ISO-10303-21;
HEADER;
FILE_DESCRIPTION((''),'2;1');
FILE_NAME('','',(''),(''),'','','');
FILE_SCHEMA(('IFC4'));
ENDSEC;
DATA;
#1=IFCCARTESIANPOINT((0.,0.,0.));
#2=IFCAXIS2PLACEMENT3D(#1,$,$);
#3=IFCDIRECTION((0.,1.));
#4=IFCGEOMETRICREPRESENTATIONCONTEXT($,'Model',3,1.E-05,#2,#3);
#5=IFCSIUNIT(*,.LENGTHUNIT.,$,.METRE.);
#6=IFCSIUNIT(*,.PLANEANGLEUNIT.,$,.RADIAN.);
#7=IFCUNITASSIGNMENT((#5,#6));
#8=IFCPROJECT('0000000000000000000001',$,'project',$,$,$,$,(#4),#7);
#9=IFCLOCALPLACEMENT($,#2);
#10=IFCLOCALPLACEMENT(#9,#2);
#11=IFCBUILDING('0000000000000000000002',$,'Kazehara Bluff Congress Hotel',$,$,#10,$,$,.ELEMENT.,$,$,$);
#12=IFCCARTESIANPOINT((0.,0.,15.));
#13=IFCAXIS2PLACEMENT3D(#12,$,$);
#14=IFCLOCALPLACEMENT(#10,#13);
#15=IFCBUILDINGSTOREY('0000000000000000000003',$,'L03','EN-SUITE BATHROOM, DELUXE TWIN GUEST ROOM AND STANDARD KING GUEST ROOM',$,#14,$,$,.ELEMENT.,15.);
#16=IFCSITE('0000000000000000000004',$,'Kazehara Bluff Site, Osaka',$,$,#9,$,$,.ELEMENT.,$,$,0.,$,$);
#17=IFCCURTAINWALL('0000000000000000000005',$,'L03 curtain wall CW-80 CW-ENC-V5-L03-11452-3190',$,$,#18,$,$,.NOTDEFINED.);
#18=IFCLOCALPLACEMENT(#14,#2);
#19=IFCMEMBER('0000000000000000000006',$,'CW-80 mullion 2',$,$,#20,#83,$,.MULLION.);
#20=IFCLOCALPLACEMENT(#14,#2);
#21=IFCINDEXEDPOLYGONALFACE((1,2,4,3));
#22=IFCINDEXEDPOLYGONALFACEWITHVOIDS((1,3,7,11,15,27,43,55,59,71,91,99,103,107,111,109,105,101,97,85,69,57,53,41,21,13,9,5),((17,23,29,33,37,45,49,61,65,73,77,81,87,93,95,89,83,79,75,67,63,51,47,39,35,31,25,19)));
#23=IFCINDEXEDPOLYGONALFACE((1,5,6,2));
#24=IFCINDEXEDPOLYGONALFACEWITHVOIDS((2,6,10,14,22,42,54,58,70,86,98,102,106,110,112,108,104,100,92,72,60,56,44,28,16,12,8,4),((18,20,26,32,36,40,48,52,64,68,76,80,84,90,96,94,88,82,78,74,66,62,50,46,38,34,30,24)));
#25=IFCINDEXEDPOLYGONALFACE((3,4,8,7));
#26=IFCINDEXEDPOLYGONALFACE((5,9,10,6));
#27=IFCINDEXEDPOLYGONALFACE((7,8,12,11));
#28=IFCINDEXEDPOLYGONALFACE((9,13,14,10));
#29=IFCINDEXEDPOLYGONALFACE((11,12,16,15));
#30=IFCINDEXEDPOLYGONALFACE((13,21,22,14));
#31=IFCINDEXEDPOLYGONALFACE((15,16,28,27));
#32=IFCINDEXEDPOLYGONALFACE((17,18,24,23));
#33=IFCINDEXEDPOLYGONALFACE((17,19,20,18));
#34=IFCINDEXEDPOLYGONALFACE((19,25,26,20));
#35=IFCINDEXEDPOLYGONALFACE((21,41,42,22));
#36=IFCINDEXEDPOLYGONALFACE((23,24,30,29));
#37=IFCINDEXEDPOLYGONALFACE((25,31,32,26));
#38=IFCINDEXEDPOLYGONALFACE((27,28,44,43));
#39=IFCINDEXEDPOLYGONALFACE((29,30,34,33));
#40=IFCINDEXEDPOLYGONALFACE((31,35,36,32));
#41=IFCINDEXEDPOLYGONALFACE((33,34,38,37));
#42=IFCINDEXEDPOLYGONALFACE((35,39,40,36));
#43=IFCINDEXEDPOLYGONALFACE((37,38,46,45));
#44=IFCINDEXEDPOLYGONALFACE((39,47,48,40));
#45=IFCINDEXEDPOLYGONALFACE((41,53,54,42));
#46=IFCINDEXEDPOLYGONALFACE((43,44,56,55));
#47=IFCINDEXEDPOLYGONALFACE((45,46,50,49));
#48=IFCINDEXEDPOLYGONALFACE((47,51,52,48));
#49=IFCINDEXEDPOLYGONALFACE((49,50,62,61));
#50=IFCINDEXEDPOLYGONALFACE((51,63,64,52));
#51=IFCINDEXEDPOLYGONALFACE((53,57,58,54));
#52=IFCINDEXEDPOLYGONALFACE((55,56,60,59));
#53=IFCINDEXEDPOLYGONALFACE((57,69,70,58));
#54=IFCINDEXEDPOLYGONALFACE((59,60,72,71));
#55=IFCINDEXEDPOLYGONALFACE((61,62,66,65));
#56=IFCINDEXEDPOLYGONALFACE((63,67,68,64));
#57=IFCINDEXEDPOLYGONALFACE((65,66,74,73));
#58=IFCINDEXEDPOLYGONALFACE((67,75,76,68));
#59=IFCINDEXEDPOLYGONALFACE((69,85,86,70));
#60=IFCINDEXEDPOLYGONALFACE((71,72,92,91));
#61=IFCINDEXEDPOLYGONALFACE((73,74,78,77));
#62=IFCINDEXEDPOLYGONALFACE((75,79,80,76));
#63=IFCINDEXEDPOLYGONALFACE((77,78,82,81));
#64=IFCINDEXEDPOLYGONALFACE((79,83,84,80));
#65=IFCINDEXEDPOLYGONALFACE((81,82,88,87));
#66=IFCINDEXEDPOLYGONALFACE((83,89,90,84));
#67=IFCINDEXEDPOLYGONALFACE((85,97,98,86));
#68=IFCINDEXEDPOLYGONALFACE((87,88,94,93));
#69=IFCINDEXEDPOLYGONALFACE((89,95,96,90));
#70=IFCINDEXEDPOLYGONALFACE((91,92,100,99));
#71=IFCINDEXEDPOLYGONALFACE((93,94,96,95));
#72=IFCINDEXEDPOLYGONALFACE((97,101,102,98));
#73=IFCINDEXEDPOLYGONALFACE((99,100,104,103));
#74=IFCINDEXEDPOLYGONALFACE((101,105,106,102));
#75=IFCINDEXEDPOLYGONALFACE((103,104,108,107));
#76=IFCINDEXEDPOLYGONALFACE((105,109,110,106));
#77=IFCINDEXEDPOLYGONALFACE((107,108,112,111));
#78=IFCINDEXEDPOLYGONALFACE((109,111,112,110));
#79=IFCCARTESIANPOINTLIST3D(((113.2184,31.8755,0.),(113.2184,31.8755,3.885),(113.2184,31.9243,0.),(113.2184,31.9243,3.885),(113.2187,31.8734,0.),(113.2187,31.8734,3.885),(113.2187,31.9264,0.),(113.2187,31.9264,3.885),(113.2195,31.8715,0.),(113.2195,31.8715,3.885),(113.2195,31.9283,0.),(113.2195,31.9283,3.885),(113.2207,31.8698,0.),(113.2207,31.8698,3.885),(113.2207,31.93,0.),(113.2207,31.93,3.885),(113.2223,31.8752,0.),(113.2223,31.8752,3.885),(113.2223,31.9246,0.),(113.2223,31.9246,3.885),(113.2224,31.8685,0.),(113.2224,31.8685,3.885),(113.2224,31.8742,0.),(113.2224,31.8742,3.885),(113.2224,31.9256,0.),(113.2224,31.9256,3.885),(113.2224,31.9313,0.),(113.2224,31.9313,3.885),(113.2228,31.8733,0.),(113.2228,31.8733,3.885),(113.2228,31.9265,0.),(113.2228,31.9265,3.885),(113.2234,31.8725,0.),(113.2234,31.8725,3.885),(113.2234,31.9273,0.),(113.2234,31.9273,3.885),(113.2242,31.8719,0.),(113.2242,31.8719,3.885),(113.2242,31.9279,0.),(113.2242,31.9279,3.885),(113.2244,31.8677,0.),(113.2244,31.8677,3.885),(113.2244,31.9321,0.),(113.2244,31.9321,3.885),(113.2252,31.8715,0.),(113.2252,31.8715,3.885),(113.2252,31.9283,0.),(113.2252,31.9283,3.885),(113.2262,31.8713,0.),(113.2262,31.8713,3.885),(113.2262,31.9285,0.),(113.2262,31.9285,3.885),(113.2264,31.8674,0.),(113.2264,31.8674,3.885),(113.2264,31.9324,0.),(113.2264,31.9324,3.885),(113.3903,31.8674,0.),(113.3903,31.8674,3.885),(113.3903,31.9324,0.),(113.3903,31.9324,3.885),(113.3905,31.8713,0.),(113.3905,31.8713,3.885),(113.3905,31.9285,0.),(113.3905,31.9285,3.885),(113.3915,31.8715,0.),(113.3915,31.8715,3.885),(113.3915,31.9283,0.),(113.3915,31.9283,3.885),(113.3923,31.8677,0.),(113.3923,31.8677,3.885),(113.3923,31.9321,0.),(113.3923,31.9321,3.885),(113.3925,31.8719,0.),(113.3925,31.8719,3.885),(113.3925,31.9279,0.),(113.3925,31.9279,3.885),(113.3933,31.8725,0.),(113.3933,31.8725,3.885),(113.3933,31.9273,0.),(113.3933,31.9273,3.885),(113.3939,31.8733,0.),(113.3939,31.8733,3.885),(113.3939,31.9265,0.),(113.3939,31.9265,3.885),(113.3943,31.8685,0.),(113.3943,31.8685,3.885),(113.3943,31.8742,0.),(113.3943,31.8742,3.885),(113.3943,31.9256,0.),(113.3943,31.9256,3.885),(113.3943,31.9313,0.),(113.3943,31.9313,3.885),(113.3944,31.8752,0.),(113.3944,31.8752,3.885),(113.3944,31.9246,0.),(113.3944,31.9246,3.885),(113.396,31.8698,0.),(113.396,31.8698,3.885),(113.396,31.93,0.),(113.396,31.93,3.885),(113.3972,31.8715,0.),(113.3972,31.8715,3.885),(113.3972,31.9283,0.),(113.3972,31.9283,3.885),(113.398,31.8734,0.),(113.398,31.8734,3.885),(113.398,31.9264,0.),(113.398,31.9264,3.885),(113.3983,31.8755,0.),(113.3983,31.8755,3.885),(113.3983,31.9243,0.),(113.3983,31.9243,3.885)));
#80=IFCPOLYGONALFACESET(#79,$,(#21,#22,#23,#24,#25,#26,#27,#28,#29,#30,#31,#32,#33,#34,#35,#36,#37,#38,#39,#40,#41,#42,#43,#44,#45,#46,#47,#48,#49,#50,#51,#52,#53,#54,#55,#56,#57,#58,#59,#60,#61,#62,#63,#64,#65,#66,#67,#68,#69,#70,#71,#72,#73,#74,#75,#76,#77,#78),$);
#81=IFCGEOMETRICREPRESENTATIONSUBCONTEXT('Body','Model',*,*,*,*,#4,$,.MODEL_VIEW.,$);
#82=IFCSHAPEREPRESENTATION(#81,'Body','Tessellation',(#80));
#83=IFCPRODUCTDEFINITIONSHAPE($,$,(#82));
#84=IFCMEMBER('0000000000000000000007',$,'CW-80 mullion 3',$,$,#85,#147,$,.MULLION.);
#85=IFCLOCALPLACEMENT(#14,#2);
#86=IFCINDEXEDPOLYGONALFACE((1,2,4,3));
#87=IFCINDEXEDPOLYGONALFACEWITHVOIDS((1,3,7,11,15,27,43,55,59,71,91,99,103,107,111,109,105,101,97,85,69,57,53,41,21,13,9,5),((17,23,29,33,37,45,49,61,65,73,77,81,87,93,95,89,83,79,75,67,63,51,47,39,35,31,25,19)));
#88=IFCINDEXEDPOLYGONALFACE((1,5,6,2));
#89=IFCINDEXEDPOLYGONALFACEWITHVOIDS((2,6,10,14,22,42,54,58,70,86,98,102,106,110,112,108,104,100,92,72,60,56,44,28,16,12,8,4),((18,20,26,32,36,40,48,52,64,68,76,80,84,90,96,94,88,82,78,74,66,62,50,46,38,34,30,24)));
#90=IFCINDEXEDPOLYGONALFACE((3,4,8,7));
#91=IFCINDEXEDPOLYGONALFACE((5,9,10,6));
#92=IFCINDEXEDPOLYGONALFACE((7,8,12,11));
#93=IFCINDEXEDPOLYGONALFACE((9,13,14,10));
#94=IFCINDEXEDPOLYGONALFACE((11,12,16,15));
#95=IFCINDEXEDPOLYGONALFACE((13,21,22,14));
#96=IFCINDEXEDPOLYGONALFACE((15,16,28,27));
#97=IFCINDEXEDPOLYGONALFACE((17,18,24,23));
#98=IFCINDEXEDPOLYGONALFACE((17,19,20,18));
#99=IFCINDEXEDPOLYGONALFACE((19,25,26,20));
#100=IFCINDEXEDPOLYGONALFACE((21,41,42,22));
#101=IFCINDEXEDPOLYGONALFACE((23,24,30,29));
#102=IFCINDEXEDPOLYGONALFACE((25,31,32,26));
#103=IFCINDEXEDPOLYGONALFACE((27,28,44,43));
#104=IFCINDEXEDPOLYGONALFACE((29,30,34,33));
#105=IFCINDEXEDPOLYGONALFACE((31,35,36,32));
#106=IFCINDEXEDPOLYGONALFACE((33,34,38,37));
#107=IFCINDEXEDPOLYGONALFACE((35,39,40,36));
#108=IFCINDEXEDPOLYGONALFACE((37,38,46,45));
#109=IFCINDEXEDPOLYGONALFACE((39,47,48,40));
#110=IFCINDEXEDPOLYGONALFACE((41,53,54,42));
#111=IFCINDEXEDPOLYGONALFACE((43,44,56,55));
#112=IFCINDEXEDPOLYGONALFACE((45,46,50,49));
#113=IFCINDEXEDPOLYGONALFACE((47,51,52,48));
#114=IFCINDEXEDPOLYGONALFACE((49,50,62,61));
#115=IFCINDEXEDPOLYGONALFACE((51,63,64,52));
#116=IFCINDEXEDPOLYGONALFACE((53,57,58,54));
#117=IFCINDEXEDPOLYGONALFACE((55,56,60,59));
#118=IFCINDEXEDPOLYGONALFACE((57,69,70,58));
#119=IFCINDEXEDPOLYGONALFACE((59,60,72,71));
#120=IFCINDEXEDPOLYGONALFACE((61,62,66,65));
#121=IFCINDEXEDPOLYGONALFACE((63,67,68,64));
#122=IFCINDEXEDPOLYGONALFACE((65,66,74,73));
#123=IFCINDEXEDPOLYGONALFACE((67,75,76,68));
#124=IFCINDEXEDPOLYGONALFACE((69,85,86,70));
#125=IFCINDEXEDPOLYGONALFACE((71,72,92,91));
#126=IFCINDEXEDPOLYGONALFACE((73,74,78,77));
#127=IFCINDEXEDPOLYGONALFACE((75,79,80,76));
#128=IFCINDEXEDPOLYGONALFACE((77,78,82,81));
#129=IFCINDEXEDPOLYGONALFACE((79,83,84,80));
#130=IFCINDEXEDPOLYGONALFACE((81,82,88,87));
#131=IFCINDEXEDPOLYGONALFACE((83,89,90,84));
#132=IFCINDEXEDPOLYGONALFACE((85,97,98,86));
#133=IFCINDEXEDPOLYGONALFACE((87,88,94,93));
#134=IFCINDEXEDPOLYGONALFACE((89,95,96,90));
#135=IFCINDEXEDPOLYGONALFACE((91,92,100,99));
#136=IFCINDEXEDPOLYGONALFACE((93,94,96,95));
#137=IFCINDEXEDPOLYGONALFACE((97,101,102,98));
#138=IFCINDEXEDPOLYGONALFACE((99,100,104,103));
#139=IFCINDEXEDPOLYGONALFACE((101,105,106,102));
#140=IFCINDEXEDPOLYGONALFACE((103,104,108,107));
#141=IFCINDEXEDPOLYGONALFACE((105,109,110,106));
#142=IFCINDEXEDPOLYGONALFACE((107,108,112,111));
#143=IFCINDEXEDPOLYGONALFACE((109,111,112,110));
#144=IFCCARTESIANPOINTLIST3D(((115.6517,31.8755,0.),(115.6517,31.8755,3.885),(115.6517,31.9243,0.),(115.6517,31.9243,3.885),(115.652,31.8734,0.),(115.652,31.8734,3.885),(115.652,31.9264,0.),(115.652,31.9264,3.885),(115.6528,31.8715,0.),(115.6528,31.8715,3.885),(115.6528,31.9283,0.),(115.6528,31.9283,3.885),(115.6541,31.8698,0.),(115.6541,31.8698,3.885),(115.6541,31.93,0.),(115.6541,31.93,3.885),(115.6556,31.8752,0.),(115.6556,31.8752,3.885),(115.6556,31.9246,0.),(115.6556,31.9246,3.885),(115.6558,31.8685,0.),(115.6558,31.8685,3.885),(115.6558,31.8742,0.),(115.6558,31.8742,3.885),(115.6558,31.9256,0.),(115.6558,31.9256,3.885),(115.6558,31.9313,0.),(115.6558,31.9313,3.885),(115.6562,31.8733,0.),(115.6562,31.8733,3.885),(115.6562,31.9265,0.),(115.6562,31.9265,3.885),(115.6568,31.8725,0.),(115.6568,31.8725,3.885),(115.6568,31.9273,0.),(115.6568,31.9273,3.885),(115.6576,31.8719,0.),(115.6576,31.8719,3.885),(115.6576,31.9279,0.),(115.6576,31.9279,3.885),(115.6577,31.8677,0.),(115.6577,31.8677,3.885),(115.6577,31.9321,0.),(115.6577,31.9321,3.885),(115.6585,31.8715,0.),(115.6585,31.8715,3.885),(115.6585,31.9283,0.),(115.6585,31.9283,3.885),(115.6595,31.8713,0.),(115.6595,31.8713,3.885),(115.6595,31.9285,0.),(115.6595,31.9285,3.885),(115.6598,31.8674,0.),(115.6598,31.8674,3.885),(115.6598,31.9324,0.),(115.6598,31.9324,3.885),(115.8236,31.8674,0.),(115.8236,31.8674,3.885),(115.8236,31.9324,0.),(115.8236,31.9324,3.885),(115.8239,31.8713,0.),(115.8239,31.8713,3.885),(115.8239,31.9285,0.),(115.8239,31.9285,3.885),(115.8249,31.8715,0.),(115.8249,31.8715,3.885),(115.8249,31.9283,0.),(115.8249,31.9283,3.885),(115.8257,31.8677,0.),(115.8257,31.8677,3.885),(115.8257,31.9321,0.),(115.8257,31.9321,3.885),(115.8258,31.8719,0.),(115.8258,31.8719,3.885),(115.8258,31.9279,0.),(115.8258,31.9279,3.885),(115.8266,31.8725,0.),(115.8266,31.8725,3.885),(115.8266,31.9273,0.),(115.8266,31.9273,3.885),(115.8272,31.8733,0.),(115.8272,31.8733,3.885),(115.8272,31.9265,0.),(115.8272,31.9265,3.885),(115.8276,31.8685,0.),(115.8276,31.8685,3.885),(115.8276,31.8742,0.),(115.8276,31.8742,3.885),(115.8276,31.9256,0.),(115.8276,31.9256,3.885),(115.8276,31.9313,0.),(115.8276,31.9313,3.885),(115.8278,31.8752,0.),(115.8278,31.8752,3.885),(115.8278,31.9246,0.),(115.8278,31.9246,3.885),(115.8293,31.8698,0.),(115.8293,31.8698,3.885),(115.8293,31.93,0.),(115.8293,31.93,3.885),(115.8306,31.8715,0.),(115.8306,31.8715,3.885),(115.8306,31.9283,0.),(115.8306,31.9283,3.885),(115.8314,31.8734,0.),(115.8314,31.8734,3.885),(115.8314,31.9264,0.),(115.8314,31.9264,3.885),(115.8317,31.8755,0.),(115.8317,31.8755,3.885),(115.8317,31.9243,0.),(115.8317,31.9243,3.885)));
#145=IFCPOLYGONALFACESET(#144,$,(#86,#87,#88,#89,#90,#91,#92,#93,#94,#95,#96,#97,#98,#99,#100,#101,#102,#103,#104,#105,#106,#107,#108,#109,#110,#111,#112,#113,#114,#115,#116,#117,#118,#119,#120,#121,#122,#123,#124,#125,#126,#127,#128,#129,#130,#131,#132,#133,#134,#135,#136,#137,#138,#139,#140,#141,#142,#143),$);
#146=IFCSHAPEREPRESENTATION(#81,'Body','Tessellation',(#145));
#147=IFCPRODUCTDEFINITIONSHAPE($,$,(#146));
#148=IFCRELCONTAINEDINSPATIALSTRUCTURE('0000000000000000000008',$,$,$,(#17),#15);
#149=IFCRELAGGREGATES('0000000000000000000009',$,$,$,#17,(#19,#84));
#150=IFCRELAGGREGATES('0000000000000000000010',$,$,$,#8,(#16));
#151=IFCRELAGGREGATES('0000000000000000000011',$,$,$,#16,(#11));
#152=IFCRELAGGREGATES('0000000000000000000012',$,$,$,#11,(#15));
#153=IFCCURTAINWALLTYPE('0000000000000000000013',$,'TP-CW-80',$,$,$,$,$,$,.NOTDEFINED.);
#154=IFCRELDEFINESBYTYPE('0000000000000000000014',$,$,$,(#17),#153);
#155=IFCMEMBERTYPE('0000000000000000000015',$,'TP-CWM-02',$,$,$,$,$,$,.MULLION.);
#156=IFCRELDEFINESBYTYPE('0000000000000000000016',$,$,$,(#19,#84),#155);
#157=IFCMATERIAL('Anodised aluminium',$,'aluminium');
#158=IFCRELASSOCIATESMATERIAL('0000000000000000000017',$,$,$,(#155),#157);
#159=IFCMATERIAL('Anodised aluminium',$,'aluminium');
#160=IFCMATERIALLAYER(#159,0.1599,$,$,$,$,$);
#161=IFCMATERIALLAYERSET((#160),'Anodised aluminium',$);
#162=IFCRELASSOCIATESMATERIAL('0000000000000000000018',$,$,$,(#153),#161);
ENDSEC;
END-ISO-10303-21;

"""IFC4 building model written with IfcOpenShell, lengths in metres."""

from ifc_helpers import new_model, si_unit, direction, frame, origin, origin_2d, place, context, subcontext, project, spatial, hollow_rectangle, extrude, material, layer, layer_set, material_profile, profile_set, type_object, element, aggregate, save


model = new_model("IFC4")

# Units and contexts
model_context = context("Model", 3, precision=1e-05, world=origin(), true_north=direction((0.0, 1.0)))
body_context = subcontext(model_context, "Body", "Model", "MODEL_VIEW")
ifc_project = project(units=[si_unit("LENGTHUNIT", "METRE"), si_unit("PLANEANGLEUNIT", "RADIAN")], contexts=[model_context])

# Site, building, storey
site_placement = place(None, origin())
site = spatial("IfcSite", under=ifc_project, at=site_placement, Name="Kazehara Bluff Site, Osaka", CompositionType="ELEMENT", RefElevation=0.0)
building_placement = place(site_placement, origin())
building = spatial("IfcBuilding", under=site, at=building_placement, Name="Kazehara Bluff Congress Hotel", CompositionType="ELEMENT")
storey_placement = place(building_placement, frame((0.0, 0.0, 15.0)))
storey = spatial("IfcBuildingStorey", under=building, at=storey_placement, Name="L03", Description="EN-SUITE BATHROOM, DELUXE TWIN GUEST ROOM AND STANDARD KING GUEST ROOM", CompositionType="ELEMENT", Elevation=15.0)

# Shared definitions
ifc_material_1 = material(Name="Anodised aluminium", Category="aluminium")
ifc_material_profile_1 = material_profile(ifc_material_1, hollow_rectangle(XDim=0.0649, YDim=0.1799, WallThickness=0.0039, InnerFilletRadius=0.0039, OuterFilletRadius=0.0081, at=origin_2d()))
ifc_profile_set_1 = profile_set([ifc_material_profile_1], Name="Anodised aluminium")
member_type_1 = type_object("IfcMemberType", Name="TP-CWM-02", PredefinedType="MULLION", material=ifc_profile_set_1)

# Curtain wall, members
ifc_material_2 = material(Name="Anodised aluminium", Category="aluminium")
ifc_layer_1 = layer(ifc_material_2, 0.1599)
ifc_layer_set_1 = layer_set([ifc_layer_1], Name="Anodised aluminium")
curtain_wall_type_1 = type_object("IfcCurtainWallType", Name="TP-CW-80", PredefinedType="NOTDEFINED", material=ifc_layer_set_1)
curtain_wall_1_placement = place(storey_placement, origin())
curtain_wall_1 = element("IfcCurtainWall", 1, at=curtain_wall_1_placement, inside=storey, type_object=curtain_wall_type_1, Name="L03 curtain wall CW-80 CW-ENC-V5-L03-11452-3190", PredefinedType="NOTDEFINED")
member_1_placement = place(storey_placement, frame((113.3083, 31.8999, 0.0), z_axis=(0.0, 0.0, 1.0), x_axis=(0.0, 1.0, 0.0)))
member_1 = element("IfcMember", 2, at=member_1_placement, type_object=member_type_1, Name="CW-80 mullion 2", PredefinedType="MULLION", context=body_context, shape_type="SweptSolid", body=[
    extrude(hollow_rectangle(XDim=0.0649, YDim=0.1799, WallThickness=0.0039, InnerFilletRadius=0.0039, OuterFilletRadius=0.0081, at=origin_2d()), origin(), (0.0, 0.0, 1.0), 3.885),
])
member_2_placement = place(storey_placement, frame((115.7417, 31.8999, 0.0), z_axis=(0.0, 0.0, 1.0), x_axis=(0.0, 1.0, 0.0)))
member_2 = element("IfcMember", 3, at=member_2_placement, type_object=member_type_1, Name="CW-80 mullion 3", PredefinedType="MULLION", context=body_context, shape_type="SweptSolid", body=[
    extrude(hollow_rectangle(XDim=0.0649, YDim=0.1799, WallThickness=0.0039, InnerFilletRadius=0.0039, OuterFilletRadius=0.0081, at=origin_2d()), origin(), (0.0, 0.0, 1.0), 3.885),
])

aggregate(curtain_wall_1, [member_1, member_2])

save(model, "model.ifc")
